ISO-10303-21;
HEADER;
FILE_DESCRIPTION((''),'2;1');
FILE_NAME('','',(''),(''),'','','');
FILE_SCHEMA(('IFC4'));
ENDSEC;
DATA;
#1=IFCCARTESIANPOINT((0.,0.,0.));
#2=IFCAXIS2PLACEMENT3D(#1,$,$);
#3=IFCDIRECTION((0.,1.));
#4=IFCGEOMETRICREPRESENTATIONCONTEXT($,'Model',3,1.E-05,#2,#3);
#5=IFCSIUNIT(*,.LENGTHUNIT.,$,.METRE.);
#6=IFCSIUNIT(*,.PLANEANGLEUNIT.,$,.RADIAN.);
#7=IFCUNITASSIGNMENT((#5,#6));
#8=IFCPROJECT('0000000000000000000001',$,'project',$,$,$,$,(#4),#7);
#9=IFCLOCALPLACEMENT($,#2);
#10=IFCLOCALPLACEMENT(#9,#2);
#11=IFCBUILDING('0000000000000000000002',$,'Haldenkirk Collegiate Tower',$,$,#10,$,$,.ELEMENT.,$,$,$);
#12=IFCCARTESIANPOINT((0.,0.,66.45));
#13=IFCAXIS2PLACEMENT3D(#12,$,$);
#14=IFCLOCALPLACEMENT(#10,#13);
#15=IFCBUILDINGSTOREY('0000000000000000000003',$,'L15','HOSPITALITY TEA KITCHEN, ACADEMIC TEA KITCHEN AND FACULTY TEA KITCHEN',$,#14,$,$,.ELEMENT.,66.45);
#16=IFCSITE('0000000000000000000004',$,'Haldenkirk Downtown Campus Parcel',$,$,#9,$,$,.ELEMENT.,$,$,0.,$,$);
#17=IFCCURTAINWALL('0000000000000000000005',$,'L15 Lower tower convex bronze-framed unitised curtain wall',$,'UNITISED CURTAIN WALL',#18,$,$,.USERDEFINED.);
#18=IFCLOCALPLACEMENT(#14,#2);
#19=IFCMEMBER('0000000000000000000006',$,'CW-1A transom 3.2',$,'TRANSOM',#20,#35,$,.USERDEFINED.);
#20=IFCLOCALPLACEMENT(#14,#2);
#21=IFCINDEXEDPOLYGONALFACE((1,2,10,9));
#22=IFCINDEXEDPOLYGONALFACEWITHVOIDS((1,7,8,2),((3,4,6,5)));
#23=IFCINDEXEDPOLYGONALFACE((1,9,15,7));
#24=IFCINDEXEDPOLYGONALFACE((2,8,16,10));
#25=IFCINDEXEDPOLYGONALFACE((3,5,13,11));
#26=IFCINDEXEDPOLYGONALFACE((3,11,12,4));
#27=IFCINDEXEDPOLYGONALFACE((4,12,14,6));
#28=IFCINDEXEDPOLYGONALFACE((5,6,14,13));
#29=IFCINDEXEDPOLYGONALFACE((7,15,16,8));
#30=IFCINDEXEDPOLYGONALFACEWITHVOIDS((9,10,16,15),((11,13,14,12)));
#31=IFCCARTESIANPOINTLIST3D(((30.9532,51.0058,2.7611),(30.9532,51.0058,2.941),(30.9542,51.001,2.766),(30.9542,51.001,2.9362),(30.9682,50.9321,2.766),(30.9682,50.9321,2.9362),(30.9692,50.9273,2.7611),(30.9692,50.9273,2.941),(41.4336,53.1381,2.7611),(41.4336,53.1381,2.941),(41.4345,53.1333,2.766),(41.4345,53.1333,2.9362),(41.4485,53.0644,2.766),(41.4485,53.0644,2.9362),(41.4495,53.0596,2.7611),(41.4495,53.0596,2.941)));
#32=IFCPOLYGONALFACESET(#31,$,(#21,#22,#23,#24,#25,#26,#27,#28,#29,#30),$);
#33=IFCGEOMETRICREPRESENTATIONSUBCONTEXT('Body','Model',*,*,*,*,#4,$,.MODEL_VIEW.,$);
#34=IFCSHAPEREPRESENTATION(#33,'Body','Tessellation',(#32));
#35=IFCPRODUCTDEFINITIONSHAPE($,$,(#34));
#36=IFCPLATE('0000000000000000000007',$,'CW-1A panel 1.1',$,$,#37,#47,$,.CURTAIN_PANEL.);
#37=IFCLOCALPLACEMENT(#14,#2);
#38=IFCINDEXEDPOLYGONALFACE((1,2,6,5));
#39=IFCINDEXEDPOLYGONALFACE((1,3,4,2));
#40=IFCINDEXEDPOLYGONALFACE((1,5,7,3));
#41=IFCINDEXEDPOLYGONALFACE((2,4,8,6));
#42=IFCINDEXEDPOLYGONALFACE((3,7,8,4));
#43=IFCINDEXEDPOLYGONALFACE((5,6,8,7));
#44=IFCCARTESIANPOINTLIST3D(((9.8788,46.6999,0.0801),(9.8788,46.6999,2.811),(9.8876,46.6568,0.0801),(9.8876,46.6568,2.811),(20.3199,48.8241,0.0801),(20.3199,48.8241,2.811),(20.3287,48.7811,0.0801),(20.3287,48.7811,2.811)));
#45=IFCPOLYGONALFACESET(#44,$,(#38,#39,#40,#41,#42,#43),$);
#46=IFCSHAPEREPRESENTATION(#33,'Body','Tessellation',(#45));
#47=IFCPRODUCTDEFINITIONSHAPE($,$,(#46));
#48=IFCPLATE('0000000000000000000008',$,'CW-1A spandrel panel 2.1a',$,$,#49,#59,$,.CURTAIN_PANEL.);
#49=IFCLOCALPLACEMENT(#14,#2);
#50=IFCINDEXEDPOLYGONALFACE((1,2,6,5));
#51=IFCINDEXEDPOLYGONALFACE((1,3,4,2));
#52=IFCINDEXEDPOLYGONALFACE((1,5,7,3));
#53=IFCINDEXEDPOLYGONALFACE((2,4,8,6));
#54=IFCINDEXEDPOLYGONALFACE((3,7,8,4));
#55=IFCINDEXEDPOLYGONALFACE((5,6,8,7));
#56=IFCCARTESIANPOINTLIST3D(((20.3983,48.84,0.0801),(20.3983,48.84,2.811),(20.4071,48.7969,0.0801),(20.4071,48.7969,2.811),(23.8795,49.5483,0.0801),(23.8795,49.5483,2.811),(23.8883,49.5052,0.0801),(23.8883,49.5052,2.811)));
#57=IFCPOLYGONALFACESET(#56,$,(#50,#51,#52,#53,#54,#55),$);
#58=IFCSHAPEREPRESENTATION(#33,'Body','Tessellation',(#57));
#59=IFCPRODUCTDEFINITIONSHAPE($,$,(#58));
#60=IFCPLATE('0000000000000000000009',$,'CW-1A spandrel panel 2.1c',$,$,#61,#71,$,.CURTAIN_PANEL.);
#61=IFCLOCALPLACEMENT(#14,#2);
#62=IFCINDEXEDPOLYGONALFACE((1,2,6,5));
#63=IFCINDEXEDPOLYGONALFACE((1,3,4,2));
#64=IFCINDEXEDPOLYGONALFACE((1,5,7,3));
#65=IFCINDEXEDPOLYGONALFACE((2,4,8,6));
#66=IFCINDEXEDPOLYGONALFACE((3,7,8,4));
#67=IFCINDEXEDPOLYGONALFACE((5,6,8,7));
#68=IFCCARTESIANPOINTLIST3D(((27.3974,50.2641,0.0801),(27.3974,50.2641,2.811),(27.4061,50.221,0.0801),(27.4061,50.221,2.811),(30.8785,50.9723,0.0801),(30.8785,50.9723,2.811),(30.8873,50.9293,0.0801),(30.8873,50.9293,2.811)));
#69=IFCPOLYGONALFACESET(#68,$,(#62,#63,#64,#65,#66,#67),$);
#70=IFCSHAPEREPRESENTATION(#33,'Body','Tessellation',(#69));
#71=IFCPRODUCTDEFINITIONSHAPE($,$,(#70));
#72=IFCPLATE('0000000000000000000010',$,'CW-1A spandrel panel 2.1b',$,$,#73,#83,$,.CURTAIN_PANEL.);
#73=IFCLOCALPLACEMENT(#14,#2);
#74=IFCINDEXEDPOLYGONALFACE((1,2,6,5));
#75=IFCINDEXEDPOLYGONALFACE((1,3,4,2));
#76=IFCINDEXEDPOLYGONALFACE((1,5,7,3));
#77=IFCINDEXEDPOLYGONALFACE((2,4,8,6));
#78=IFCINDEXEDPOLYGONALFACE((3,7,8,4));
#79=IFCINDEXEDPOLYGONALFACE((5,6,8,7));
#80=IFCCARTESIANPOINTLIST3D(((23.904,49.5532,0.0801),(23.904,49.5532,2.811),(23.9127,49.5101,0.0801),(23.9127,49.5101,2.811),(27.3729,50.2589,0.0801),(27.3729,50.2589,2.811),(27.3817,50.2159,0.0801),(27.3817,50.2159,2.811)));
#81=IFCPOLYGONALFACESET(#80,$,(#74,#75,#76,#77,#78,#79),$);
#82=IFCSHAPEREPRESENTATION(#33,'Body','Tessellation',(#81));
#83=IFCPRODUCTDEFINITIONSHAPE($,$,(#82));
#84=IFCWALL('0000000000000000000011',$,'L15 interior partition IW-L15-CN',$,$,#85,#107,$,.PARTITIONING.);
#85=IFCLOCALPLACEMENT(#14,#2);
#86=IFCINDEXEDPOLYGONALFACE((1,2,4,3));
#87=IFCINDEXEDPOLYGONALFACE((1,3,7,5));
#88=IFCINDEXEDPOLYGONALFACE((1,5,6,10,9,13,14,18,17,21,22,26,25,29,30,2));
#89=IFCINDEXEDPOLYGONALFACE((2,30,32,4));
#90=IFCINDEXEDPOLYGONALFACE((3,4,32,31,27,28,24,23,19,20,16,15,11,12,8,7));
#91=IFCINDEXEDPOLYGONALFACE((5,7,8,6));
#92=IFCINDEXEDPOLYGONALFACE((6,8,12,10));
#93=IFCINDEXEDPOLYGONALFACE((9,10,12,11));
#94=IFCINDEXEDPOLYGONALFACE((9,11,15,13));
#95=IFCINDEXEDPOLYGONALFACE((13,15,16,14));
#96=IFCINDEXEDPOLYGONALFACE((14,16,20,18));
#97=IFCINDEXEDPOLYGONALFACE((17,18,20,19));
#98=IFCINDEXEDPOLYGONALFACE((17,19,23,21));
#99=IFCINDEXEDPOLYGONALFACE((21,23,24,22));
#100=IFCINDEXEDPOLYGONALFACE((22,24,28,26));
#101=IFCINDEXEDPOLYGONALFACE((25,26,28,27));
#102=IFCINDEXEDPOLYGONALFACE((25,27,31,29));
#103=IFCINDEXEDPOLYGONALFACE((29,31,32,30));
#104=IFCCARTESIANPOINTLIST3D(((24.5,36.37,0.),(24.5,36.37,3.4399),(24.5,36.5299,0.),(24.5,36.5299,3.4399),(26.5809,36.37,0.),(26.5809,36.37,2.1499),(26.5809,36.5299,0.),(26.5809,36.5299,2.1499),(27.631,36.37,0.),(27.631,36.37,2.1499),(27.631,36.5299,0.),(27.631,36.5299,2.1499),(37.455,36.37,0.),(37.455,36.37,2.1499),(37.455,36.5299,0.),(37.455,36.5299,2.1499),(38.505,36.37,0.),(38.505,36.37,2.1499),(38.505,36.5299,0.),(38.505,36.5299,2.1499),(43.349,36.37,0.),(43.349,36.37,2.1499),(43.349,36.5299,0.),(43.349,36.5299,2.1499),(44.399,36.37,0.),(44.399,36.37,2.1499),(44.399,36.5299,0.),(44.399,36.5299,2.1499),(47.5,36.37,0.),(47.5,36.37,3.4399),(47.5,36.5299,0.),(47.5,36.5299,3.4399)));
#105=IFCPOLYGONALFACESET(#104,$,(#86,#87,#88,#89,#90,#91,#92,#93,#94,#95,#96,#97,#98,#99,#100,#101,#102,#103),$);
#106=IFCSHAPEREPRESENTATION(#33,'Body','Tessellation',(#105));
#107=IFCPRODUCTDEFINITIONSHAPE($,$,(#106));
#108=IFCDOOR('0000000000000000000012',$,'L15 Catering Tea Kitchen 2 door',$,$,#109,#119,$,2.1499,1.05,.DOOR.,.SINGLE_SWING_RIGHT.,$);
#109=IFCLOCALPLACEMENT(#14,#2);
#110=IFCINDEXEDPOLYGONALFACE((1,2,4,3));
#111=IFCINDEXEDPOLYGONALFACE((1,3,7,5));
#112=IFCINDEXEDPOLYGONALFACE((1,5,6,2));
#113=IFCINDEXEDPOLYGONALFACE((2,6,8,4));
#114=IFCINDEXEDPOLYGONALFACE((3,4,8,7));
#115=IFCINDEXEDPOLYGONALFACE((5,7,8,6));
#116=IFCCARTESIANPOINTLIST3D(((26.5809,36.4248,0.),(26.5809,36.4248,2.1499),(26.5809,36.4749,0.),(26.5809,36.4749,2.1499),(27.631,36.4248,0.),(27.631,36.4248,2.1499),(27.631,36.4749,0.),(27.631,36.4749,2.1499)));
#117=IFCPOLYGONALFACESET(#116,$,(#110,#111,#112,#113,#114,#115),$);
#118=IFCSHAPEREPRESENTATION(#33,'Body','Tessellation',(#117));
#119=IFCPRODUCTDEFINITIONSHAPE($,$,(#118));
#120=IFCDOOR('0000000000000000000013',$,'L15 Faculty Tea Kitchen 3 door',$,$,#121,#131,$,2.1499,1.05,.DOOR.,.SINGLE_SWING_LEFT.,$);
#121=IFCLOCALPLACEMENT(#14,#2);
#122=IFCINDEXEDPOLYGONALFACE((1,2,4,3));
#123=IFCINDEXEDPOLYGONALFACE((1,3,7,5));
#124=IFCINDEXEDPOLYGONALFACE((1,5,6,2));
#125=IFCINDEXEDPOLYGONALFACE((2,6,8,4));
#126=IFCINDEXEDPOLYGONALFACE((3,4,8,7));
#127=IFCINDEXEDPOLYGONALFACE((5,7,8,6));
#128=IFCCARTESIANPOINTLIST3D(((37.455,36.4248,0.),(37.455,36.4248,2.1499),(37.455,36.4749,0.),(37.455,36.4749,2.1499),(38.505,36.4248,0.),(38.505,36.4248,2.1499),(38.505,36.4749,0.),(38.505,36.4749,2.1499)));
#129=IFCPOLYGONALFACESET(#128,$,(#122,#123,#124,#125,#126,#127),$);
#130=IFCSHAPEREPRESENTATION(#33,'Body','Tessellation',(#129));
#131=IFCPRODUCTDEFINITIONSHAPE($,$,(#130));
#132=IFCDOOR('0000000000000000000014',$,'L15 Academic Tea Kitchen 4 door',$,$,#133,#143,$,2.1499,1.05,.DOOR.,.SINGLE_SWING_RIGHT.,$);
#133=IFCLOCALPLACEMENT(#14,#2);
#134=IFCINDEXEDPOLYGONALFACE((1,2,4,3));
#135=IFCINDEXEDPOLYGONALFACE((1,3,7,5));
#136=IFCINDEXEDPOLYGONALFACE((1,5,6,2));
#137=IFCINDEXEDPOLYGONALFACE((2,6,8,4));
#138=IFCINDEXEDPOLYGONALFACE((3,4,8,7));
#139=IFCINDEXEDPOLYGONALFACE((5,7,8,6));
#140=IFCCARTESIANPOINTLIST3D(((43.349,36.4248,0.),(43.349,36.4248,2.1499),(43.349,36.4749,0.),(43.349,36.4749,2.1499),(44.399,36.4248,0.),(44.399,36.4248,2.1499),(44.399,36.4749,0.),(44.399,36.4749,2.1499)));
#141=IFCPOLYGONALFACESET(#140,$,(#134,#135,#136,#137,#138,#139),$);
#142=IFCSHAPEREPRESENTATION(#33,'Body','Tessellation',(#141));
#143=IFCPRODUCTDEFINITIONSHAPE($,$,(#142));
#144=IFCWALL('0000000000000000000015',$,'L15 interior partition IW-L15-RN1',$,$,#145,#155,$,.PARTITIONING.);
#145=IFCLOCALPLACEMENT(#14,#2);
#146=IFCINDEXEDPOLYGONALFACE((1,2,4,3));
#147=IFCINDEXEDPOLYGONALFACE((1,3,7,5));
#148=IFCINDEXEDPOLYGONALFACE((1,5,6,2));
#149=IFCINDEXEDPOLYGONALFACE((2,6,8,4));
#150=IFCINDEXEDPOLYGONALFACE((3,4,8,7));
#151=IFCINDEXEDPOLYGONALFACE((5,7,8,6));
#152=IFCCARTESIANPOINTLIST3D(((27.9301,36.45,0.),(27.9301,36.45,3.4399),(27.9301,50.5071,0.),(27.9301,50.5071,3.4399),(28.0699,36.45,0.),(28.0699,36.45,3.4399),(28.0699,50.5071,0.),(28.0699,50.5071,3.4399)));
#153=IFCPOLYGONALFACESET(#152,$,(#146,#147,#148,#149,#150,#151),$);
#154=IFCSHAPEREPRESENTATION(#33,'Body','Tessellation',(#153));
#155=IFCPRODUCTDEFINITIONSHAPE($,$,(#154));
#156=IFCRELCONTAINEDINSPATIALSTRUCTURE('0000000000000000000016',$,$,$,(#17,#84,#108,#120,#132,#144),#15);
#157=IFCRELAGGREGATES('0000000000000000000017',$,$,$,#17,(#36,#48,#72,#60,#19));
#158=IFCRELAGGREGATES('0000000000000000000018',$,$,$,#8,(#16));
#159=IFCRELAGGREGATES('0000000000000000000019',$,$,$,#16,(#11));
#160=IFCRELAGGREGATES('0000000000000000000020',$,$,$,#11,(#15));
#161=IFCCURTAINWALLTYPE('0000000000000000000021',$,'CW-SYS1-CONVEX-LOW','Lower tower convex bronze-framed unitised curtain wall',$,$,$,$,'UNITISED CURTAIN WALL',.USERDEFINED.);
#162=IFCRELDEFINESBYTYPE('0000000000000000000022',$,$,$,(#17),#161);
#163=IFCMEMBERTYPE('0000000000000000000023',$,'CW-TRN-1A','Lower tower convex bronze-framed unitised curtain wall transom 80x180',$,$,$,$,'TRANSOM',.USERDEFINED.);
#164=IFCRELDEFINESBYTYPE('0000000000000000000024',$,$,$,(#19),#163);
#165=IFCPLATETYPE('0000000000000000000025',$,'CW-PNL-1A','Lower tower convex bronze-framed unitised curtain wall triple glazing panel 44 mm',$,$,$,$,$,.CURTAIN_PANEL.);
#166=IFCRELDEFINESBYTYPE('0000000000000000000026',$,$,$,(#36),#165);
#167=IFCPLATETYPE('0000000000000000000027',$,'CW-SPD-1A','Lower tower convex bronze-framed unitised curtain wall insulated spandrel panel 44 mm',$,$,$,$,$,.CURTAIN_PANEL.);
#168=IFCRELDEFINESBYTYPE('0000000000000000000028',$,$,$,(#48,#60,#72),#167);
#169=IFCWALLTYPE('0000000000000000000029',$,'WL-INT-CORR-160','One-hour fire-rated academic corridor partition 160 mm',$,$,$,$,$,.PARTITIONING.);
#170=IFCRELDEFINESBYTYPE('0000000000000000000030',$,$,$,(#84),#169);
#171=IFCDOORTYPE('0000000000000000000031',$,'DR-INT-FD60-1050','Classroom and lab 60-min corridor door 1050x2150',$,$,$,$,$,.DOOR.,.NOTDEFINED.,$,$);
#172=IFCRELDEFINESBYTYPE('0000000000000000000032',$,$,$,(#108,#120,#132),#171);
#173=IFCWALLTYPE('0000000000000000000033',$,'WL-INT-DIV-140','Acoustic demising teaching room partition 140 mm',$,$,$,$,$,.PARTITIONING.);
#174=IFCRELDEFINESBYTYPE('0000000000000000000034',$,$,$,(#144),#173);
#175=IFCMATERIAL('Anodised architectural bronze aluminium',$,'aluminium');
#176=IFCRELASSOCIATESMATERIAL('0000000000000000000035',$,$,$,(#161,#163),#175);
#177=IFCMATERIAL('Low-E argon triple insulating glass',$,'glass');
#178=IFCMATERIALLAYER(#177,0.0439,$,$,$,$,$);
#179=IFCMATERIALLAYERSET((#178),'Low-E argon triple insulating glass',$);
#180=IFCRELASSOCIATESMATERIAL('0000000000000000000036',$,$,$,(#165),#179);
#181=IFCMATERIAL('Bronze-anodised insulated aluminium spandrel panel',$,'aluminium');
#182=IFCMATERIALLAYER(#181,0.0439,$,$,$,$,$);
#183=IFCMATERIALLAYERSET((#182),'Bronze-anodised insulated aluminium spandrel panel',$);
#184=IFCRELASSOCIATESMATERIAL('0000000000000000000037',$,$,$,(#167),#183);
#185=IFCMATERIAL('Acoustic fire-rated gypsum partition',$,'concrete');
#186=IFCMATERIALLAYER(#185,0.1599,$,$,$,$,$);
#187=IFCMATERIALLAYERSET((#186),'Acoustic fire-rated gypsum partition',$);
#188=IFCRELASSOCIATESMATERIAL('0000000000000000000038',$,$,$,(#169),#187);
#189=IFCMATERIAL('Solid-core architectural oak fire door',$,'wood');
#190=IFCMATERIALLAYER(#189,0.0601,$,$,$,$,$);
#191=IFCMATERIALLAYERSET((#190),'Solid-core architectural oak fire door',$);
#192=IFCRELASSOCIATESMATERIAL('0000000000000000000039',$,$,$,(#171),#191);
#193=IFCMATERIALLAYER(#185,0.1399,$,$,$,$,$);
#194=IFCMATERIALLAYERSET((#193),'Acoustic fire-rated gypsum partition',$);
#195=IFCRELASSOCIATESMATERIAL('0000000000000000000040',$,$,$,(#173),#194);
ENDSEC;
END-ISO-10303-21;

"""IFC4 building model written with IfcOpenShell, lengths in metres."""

from ifc_helpers import new_model, si_unit, direction, frame, frame_2d, origin, origin_2d, place, context, subcontext, project, spatial, rectangle, hollow_rectangle, extrude, source, transform, mapped, material, layer, layer_set, material_profile, profile_set, type_object, element, fill, aggregate, save


model = new_model("IFC4")

# Units and contexts
model_context = context("Model", 3, precision=1e-05, world=origin(), true_north=direction((0.0, 1.0)))
body_context = subcontext(model_context, "Body", "Model", "MODEL_VIEW")
ifc_project = project(units=[si_unit("LENGTHUNIT", "METRE"), si_unit("PLANEANGLEUNIT", "RADIAN")], contexts=[model_context])

# Site, building, storey
site_placement = place(None, origin())
site = spatial("IfcSite", under=ifc_project, at=site_placement, Name="Haldenkirk Downtown Campus Parcel", CompositionType="ELEMENT", RefElevation=0.0)
building_placement = place(site_placement, origin())
building = spatial("IfcBuilding", under=site, at=building_placement, Name="Haldenkirk Collegiate Tower", CompositionType="ELEMENT")
storey_placement = place(building_placement, frame((0.0, 0.0, 66.45)))
storey = spatial("IfcBuildingStorey", under=building, at=storey_placement, Name="L15", Description="HOSPITALITY TEA KITCHEN, ACADEMIC TEA KITCHEN AND FACULTY TEA KITCHEN", CompositionType="ELEMENT", Elevation=66.45)

# Curtain wall, member, plates
ifc_material_1 = material(Name="Anodised architectural bronze aluminium", Category="aluminium")
curtain_wall_type = type_object("IfcCurtainWallType", Name="CW-SYS1-CONVEX-LOW", Description="Lower tower convex bronze-framed unitised curtain wall", ElementType="UNITISED CURTAIN WALL", PredefinedType="USERDEFINED", material=ifc_material_1)
curtain_wall_placement = place(storey_placement, origin())
curtain_wall = element("IfcCurtainWall", 1, at=curtain_wall_placement, inside=storey, type_object=curtain_wall_type, Name="L15 Lower tower convex bronze-framed unitised curtain wall", ObjectType="UNITISED CURTAIN WALL", PredefinedType="USERDEFINED")
ifc_material_profile_1 = material_profile(ifc_material_1, hollow_rectangle(XDim=0.0801, YDim=0.1799, WallThickness=0.0049, at=origin_2d()), Name="CW-TRN-1A")
ifc_profile_set_1 = profile_set([ifc_material_profile_1], Name="Anodised architectural bronze aluminium")
member_type_1 = type_object("IfcMemberType", Name="CW-TRN-1A", Description="Lower tower convex bronze-framed unitised curtain wall transom 80x180", ElementType="TRANSOM", PredefinedType="USERDEFINED", material=ifc_profile_set_1)
member_1_placement = place(storey_placement, frame((30.9612, 50.9666, 2.8511), z_axis=(0.979924, 0.199372, 0.0), x_axis=(-0.199372, 0.979924, 0.0)))
member_1 = element("IfcMember", 2, at=member_1_placement, type_object=member_type_1, Name="CW-1A transom 3.2", ObjectType="TRANSOM", PredefinedType="USERDEFINED", context=body_context, shape_type="SweptSolid", body=[
    extrude(hollow_rectangle(XDim=0.0801, YDim=0.1799, WallThickness=0.0049, at=origin_2d()), origin(), (0.0, 0.0, 1.0), 10.6951),
])
ifc_material_2 = material(Name="Low-E argon triple insulating glass", Category="glass")
ifc_layer_1 = layer(ifc_material_2, 0.0439)
ifc_layer_set_1 = layer_set([ifc_layer_1], Name="Low-E argon triple insulating glass")
plate_type_1 = type_object("IfcPlateType", Name="CW-PNL-1A", Description="Lower tower convex bronze-framed unitised curtain wall triple glazing panel 44 mm", PredefinedType="CURTAIN_PANEL", material=ifc_layer_set_1)
shared_shape_1 = source(origin(), body_context, "Body", "SweptSolid", [
    extrude(rectangle(XDim=10.655, YDim=0.0439, at=origin_2d()), origin(), (0.0, 0.0, 1.0), 2.731),
])
plate_1_placement = place(storey_placement, frame((15.1038, 47.7405, 0.0801), z_axis=(0.0, 0.0, 1.0), x_axis=(0.979925, 0.199369, 0.0)))
plate_1 = element("IfcPlate", 3, at=plate_1_placement, type_object=plate_type_1, Name="CW-1A panel 1.1", PredefinedType="CURTAIN_PANEL", context=body_context, shape_type="MappedRepresentation", body=[
    mapped(shared_shape_1, transform((0.0, 0.0, 0.0), x_axis=(1.0, 0.0, 0.0), y_axis=(0.0, 1.0, 0.0), z_axis=(0.0, 0.0, 1.0), scale=1.0)),
])
ifc_material_3 = material(Name="Bronze-anodised insulated aluminium spandrel panel", Category="aluminium")
ifc_layer_2 = layer(ifc_material_3, 0.0439)
ifc_layer_set_2 = layer_set([ifc_layer_2], Name="Bronze-anodised insulated aluminium spandrel panel")
plate_type_2 = type_object("IfcPlateType", Name="CW-SPD-1A", Description="Lower tower convex bronze-framed unitised curtain wall insulated spandrel panel 44 mm", PredefinedType="CURTAIN_PANEL", material=ifc_layer_set_2)
shared_shape_2 = source(origin(), body_context, "Body", "SweptSolid", [
    extrude(rectangle(XDim=3.5525, YDim=0.0439, at=origin_2d()), origin(), (0.0, 0.0, 1.0), 2.731),
])
plate_2_placement = place(storey_placement, frame((22.1433, 49.1726, 0.0801), z_axis=(0.0, 0.0, 1.0), x_axis=(0.979925, 0.199369, 0.0)))
plate_2 = element("IfcPlate", 4, at=plate_2_placement, type_object=plate_type_2, Name="CW-1A spandrel panel 2.1a", PredefinedType="CURTAIN_PANEL", context=body_context, shape_type="MappedRepresentation", body=[
    mapped(shared_shape_2, transform((0.0, 0.0, 0.0), x_axis=(1.0, 0.0, 0.0), y_axis=(0.0, 1.0, 0.0), z_axis=(0.0, 0.0, 1.0), scale=1.0)),
])
plate_3_placement = place(storey_placement, frame((29.1423, 50.5967, 0.0801), z_axis=(0.0, 0.0, 1.0), x_axis=(0.979925, 0.199369, 0.0)))
plate_3 = element("IfcPlate", 5, at=plate_3_placement, type_object=plate_type_2, Name="CW-1A spandrel panel 2.1c", PredefinedType="CURTAIN_PANEL", context=body_context, shape_type="MappedRepresentation", body=[
    mapped(shared_shape_2, transform((0.0, 0.0, 0.0), x_axis=(1.0, 0.0, 0.0), y_axis=(0.0, 1.0, 0.0), z_axis=(0.0, 0.0, 1.0), scale=1.0)),
])
shared_shape_3 = source(origin(), body_context, "Body", "SweptSolid", [
    extrude(rectangle(XDim=3.54, YDim=0.0439, at=origin_2d()), origin(), (0.0, 0.0, 1.0), 2.731),
])
plate_4_placement = place(storey_placement, frame((25.6428, 49.8845, 0.0801), z_axis=(0.0, 0.0, 1.0), x_axis=(0.979925, 0.199369, 0.0)))
plate_4 = element("IfcPlate", 6, at=plate_4_placement, type_object=plate_type_2, Name="CW-1A spandrel panel 2.1b", PredefinedType="CURTAIN_PANEL", context=body_context, shape_type="MappedRepresentation", body=[
    mapped(shared_shape_3, transform((0.0, 0.0, 0.0), x_axis=(1.0, 0.0, 0.0), y_axis=(0.0, 1.0, 0.0), z_axis=(0.0, 0.0, 1.0), scale=1.0)),
])
aggregate(curtain_wall, [plate_1, plate_2, plate_4, plate_3, member_1])

# Wall, openings, doors
ifc_material_4 = material(Name="Acoustic fire-rated gypsum partition", Category="concrete")
ifc_layer_3 = layer(ifc_material_4, 0.1599)
ifc_layer_set_3 = layer_set([ifc_layer_3], Name="Acoustic fire-rated gypsum partition")
wall_type_1 = type_object("IfcWallType", Name="WL-INT-CORR-160", Description="One-hour fire-rated academic corridor partition 160 mm", PredefinedType="PARTITIONING", material=ifc_layer_set_3)
wall_1_placement = place(storey_placement, frame((24.5, 36.45, 0.0), z_axis=(0.0, 0.0, 1.0), x_axis=(1.0, 0.0, 0.0)))
wall_1 = element("IfcWall", 7, at=wall_1_placement, inside=storey, type_object=wall_type_1, Name="L15 interior partition IW-L15-CN", PredefinedType="PARTITIONING", context=body_context, shape_type="SweptSolid", body=[
    extrude(rectangle(XDim=23.0, YDim=0.1599, at=frame_2d((11.5, 0.0))), origin(), (0.0, 0.0, 1.0), 3.4399),
])
opening_1_placement = place(wall_1_placement, frame((2.0811, 0.0, 0.0)))
opening_1 = element("IfcOpeningElement", 8, at=opening_1_placement, cuts=wall_1, PredefinedType="OPENING", context=body_context, shape_type="SweptSolid", body=[
    extrude(rectangle(XDim=1.05, YDim=2.1499, at=frame_2d((0.5249, 1.075))), frame((0.0, 0.0898, 0.0), z_axis=(0.0, -1.0, 0.0), x_axis=(1.0, 0.0, 0.0)), (0.0, 0.0, 1.0), 0.1799),
])
opening_2_placement = place(wall_1_placement, frame((12.9551, 0.0, 0.0)))
opening_2 = element("IfcOpeningElement", 9, at=opening_2_placement, cuts=wall_1, PredefinedType="OPENING", context=body_context, shape_type="SweptSolid", body=[
    extrude(rectangle(XDim=1.05, YDim=2.1499, at=frame_2d((0.5249, 1.075))), frame((0.0, 0.0898, 0.0), z_axis=(0.0, -1.0, 0.0), x_axis=(1.0, 0.0, 0.0)), (0.0, 0.0, 1.0), 0.1799),
])
opening_3_placement = place(wall_1_placement, frame((18.8491, 0.0, 0.0)))
opening_3 = element("IfcOpeningElement", 10, at=opening_3_placement, cuts=wall_1, PredefinedType="OPENING", context=body_context, shape_type="SweptSolid", body=[
    extrude(rectangle(XDim=1.05, YDim=2.1499, at=frame_2d((0.5249, 1.075))), frame((0.0, 0.0898, 0.0), z_axis=(0.0, -1.0, 0.0), x_axis=(1.0, 0.0, 0.0)), (0.0, 0.0, 1.0), 0.1799),
])
ifc_material_5 = material(Name="Solid-core architectural oak fire door", Category="wood")
ifc_layer_4 = layer(ifc_material_5, 0.0601)
ifc_layer_set_4 = layer_set([ifc_layer_4], Name="Solid-core architectural oak fire door")
door_type = type_object("IfcDoorType", Name="DR-INT-FD60-1050", Description="Classroom and lab 60-min corridor door 1050x2150", OperationType="NOTDEFINED", PredefinedType="DOOR", material=ifc_layer_set_4)
door_1_placement = place(opening_1_placement, origin())
door_1 = element("IfcDoor", 11, at=door_1_placement, inside=storey, type_object=door_type, Name="L15 Catering Tea Kitchen 2 door", OperationType="SINGLE_SWING_RIGHT", OverallHeight=2.1499, OverallWidth=1.05, PredefinedType="DOOR", context=body_context, shape_type="SweptSolid", body=[
    extrude(rectangle(XDim=1.05, YDim=2.1499, at=frame_2d((0.5249, 1.075))), frame((0.0, 0.0249, 0.0), z_axis=(0.0, -1.0, 0.0), x_axis=(1.0, 0.0, 0.0)), (0.0, 0.0, 1.0), 0.05),
])
fill(opening_1, door_1)
door_2_placement = place(opening_2_placement, origin())
door_2 = element("IfcDoor", 12, at=door_2_placement, inside=storey, type_object=door_type, Name="L15 Faculty Tea Kitchen 3 door", OperationType="SINGLE_SWING_LEFT", OverallHeight=2.1499, OverallWidth=1.05, PredefinedType="DOOR", context=body_context, shape_type="SweptSolid", body=[
    extrude(rectangle(XDim=1.05, YDim=2.1499, at=frame_2d((0.5249, 1.075))), frame((0.0, 0.0249, 0.0), z_axis=(0.0, -1.0, 0.0), x_axis=(1.0, 0.0, 0.0)), (0.0, 0.0, 1.0), 0.05),
])
fill(opening_2, door_2)
door_3_placement = place(opening_3_placement, origin())
door_3 = element("IfcDoor", 13, at=door_3_placement, inside=storey, type_object=door_type, Name="L15 Academic Tea Kitchen 4 door", OperationType="SINGLE_SWING_RIGHT", OverallHeight=2.1499, OverallWidth=1.05, PredefinedType="DOOR", context=body_context, shape_type="SweptSolid", body=[
    extrude(rectangle(XDim=1.05, YDim=2.1499, at=frame_2d((0.5249, 1.075))), frame((0.0, 0.0249, 0.0), z_axis=(0.0, -1.0, 0.0), x_axis=(1.0, 0.0, 0.0)), (0.0, 0.0, 1.0), 0.05),
])
fill(opening_3, door_3)

# Wall
ifc_layer_5 = layer(ifc_material_4, 0.1399)
ifc_layer_set_5 = layer_set([ifc_layer_5], Name="Acoustic fire-rated gypsum partition")
wall_type_2 = type_object("IfcWallType", Name="WL-INT-DIV-140", Description="Acoustic demising teaching room partition 140 mm", PredefinedType="PARTITIONING", material=ifc_layer_set_5)
wall_2_placement = place(storey_placement, frame((28.0, 36.45, 0.0), z_axis=(0.0, 0.0, 1.0), x_axis=(0.0, 1.0, 0.0)))
element("IfcWall", 14, at=wall_2_placement, inside=storey, type_object=wall_type_2, Name="L15 interior partition IW-L15-RN1", PredefinedType="PARTITIONING", context=body_context, shape_type="SweptSolid", body=[
    extrude(rectangle(XDim=14.0571, YDim=0.1399, at=frame_2d((7.0286, 0.0))), origin(), (0.0, 0.0, 1.0), 3.4399),
])

save(model, "model.ifc")
